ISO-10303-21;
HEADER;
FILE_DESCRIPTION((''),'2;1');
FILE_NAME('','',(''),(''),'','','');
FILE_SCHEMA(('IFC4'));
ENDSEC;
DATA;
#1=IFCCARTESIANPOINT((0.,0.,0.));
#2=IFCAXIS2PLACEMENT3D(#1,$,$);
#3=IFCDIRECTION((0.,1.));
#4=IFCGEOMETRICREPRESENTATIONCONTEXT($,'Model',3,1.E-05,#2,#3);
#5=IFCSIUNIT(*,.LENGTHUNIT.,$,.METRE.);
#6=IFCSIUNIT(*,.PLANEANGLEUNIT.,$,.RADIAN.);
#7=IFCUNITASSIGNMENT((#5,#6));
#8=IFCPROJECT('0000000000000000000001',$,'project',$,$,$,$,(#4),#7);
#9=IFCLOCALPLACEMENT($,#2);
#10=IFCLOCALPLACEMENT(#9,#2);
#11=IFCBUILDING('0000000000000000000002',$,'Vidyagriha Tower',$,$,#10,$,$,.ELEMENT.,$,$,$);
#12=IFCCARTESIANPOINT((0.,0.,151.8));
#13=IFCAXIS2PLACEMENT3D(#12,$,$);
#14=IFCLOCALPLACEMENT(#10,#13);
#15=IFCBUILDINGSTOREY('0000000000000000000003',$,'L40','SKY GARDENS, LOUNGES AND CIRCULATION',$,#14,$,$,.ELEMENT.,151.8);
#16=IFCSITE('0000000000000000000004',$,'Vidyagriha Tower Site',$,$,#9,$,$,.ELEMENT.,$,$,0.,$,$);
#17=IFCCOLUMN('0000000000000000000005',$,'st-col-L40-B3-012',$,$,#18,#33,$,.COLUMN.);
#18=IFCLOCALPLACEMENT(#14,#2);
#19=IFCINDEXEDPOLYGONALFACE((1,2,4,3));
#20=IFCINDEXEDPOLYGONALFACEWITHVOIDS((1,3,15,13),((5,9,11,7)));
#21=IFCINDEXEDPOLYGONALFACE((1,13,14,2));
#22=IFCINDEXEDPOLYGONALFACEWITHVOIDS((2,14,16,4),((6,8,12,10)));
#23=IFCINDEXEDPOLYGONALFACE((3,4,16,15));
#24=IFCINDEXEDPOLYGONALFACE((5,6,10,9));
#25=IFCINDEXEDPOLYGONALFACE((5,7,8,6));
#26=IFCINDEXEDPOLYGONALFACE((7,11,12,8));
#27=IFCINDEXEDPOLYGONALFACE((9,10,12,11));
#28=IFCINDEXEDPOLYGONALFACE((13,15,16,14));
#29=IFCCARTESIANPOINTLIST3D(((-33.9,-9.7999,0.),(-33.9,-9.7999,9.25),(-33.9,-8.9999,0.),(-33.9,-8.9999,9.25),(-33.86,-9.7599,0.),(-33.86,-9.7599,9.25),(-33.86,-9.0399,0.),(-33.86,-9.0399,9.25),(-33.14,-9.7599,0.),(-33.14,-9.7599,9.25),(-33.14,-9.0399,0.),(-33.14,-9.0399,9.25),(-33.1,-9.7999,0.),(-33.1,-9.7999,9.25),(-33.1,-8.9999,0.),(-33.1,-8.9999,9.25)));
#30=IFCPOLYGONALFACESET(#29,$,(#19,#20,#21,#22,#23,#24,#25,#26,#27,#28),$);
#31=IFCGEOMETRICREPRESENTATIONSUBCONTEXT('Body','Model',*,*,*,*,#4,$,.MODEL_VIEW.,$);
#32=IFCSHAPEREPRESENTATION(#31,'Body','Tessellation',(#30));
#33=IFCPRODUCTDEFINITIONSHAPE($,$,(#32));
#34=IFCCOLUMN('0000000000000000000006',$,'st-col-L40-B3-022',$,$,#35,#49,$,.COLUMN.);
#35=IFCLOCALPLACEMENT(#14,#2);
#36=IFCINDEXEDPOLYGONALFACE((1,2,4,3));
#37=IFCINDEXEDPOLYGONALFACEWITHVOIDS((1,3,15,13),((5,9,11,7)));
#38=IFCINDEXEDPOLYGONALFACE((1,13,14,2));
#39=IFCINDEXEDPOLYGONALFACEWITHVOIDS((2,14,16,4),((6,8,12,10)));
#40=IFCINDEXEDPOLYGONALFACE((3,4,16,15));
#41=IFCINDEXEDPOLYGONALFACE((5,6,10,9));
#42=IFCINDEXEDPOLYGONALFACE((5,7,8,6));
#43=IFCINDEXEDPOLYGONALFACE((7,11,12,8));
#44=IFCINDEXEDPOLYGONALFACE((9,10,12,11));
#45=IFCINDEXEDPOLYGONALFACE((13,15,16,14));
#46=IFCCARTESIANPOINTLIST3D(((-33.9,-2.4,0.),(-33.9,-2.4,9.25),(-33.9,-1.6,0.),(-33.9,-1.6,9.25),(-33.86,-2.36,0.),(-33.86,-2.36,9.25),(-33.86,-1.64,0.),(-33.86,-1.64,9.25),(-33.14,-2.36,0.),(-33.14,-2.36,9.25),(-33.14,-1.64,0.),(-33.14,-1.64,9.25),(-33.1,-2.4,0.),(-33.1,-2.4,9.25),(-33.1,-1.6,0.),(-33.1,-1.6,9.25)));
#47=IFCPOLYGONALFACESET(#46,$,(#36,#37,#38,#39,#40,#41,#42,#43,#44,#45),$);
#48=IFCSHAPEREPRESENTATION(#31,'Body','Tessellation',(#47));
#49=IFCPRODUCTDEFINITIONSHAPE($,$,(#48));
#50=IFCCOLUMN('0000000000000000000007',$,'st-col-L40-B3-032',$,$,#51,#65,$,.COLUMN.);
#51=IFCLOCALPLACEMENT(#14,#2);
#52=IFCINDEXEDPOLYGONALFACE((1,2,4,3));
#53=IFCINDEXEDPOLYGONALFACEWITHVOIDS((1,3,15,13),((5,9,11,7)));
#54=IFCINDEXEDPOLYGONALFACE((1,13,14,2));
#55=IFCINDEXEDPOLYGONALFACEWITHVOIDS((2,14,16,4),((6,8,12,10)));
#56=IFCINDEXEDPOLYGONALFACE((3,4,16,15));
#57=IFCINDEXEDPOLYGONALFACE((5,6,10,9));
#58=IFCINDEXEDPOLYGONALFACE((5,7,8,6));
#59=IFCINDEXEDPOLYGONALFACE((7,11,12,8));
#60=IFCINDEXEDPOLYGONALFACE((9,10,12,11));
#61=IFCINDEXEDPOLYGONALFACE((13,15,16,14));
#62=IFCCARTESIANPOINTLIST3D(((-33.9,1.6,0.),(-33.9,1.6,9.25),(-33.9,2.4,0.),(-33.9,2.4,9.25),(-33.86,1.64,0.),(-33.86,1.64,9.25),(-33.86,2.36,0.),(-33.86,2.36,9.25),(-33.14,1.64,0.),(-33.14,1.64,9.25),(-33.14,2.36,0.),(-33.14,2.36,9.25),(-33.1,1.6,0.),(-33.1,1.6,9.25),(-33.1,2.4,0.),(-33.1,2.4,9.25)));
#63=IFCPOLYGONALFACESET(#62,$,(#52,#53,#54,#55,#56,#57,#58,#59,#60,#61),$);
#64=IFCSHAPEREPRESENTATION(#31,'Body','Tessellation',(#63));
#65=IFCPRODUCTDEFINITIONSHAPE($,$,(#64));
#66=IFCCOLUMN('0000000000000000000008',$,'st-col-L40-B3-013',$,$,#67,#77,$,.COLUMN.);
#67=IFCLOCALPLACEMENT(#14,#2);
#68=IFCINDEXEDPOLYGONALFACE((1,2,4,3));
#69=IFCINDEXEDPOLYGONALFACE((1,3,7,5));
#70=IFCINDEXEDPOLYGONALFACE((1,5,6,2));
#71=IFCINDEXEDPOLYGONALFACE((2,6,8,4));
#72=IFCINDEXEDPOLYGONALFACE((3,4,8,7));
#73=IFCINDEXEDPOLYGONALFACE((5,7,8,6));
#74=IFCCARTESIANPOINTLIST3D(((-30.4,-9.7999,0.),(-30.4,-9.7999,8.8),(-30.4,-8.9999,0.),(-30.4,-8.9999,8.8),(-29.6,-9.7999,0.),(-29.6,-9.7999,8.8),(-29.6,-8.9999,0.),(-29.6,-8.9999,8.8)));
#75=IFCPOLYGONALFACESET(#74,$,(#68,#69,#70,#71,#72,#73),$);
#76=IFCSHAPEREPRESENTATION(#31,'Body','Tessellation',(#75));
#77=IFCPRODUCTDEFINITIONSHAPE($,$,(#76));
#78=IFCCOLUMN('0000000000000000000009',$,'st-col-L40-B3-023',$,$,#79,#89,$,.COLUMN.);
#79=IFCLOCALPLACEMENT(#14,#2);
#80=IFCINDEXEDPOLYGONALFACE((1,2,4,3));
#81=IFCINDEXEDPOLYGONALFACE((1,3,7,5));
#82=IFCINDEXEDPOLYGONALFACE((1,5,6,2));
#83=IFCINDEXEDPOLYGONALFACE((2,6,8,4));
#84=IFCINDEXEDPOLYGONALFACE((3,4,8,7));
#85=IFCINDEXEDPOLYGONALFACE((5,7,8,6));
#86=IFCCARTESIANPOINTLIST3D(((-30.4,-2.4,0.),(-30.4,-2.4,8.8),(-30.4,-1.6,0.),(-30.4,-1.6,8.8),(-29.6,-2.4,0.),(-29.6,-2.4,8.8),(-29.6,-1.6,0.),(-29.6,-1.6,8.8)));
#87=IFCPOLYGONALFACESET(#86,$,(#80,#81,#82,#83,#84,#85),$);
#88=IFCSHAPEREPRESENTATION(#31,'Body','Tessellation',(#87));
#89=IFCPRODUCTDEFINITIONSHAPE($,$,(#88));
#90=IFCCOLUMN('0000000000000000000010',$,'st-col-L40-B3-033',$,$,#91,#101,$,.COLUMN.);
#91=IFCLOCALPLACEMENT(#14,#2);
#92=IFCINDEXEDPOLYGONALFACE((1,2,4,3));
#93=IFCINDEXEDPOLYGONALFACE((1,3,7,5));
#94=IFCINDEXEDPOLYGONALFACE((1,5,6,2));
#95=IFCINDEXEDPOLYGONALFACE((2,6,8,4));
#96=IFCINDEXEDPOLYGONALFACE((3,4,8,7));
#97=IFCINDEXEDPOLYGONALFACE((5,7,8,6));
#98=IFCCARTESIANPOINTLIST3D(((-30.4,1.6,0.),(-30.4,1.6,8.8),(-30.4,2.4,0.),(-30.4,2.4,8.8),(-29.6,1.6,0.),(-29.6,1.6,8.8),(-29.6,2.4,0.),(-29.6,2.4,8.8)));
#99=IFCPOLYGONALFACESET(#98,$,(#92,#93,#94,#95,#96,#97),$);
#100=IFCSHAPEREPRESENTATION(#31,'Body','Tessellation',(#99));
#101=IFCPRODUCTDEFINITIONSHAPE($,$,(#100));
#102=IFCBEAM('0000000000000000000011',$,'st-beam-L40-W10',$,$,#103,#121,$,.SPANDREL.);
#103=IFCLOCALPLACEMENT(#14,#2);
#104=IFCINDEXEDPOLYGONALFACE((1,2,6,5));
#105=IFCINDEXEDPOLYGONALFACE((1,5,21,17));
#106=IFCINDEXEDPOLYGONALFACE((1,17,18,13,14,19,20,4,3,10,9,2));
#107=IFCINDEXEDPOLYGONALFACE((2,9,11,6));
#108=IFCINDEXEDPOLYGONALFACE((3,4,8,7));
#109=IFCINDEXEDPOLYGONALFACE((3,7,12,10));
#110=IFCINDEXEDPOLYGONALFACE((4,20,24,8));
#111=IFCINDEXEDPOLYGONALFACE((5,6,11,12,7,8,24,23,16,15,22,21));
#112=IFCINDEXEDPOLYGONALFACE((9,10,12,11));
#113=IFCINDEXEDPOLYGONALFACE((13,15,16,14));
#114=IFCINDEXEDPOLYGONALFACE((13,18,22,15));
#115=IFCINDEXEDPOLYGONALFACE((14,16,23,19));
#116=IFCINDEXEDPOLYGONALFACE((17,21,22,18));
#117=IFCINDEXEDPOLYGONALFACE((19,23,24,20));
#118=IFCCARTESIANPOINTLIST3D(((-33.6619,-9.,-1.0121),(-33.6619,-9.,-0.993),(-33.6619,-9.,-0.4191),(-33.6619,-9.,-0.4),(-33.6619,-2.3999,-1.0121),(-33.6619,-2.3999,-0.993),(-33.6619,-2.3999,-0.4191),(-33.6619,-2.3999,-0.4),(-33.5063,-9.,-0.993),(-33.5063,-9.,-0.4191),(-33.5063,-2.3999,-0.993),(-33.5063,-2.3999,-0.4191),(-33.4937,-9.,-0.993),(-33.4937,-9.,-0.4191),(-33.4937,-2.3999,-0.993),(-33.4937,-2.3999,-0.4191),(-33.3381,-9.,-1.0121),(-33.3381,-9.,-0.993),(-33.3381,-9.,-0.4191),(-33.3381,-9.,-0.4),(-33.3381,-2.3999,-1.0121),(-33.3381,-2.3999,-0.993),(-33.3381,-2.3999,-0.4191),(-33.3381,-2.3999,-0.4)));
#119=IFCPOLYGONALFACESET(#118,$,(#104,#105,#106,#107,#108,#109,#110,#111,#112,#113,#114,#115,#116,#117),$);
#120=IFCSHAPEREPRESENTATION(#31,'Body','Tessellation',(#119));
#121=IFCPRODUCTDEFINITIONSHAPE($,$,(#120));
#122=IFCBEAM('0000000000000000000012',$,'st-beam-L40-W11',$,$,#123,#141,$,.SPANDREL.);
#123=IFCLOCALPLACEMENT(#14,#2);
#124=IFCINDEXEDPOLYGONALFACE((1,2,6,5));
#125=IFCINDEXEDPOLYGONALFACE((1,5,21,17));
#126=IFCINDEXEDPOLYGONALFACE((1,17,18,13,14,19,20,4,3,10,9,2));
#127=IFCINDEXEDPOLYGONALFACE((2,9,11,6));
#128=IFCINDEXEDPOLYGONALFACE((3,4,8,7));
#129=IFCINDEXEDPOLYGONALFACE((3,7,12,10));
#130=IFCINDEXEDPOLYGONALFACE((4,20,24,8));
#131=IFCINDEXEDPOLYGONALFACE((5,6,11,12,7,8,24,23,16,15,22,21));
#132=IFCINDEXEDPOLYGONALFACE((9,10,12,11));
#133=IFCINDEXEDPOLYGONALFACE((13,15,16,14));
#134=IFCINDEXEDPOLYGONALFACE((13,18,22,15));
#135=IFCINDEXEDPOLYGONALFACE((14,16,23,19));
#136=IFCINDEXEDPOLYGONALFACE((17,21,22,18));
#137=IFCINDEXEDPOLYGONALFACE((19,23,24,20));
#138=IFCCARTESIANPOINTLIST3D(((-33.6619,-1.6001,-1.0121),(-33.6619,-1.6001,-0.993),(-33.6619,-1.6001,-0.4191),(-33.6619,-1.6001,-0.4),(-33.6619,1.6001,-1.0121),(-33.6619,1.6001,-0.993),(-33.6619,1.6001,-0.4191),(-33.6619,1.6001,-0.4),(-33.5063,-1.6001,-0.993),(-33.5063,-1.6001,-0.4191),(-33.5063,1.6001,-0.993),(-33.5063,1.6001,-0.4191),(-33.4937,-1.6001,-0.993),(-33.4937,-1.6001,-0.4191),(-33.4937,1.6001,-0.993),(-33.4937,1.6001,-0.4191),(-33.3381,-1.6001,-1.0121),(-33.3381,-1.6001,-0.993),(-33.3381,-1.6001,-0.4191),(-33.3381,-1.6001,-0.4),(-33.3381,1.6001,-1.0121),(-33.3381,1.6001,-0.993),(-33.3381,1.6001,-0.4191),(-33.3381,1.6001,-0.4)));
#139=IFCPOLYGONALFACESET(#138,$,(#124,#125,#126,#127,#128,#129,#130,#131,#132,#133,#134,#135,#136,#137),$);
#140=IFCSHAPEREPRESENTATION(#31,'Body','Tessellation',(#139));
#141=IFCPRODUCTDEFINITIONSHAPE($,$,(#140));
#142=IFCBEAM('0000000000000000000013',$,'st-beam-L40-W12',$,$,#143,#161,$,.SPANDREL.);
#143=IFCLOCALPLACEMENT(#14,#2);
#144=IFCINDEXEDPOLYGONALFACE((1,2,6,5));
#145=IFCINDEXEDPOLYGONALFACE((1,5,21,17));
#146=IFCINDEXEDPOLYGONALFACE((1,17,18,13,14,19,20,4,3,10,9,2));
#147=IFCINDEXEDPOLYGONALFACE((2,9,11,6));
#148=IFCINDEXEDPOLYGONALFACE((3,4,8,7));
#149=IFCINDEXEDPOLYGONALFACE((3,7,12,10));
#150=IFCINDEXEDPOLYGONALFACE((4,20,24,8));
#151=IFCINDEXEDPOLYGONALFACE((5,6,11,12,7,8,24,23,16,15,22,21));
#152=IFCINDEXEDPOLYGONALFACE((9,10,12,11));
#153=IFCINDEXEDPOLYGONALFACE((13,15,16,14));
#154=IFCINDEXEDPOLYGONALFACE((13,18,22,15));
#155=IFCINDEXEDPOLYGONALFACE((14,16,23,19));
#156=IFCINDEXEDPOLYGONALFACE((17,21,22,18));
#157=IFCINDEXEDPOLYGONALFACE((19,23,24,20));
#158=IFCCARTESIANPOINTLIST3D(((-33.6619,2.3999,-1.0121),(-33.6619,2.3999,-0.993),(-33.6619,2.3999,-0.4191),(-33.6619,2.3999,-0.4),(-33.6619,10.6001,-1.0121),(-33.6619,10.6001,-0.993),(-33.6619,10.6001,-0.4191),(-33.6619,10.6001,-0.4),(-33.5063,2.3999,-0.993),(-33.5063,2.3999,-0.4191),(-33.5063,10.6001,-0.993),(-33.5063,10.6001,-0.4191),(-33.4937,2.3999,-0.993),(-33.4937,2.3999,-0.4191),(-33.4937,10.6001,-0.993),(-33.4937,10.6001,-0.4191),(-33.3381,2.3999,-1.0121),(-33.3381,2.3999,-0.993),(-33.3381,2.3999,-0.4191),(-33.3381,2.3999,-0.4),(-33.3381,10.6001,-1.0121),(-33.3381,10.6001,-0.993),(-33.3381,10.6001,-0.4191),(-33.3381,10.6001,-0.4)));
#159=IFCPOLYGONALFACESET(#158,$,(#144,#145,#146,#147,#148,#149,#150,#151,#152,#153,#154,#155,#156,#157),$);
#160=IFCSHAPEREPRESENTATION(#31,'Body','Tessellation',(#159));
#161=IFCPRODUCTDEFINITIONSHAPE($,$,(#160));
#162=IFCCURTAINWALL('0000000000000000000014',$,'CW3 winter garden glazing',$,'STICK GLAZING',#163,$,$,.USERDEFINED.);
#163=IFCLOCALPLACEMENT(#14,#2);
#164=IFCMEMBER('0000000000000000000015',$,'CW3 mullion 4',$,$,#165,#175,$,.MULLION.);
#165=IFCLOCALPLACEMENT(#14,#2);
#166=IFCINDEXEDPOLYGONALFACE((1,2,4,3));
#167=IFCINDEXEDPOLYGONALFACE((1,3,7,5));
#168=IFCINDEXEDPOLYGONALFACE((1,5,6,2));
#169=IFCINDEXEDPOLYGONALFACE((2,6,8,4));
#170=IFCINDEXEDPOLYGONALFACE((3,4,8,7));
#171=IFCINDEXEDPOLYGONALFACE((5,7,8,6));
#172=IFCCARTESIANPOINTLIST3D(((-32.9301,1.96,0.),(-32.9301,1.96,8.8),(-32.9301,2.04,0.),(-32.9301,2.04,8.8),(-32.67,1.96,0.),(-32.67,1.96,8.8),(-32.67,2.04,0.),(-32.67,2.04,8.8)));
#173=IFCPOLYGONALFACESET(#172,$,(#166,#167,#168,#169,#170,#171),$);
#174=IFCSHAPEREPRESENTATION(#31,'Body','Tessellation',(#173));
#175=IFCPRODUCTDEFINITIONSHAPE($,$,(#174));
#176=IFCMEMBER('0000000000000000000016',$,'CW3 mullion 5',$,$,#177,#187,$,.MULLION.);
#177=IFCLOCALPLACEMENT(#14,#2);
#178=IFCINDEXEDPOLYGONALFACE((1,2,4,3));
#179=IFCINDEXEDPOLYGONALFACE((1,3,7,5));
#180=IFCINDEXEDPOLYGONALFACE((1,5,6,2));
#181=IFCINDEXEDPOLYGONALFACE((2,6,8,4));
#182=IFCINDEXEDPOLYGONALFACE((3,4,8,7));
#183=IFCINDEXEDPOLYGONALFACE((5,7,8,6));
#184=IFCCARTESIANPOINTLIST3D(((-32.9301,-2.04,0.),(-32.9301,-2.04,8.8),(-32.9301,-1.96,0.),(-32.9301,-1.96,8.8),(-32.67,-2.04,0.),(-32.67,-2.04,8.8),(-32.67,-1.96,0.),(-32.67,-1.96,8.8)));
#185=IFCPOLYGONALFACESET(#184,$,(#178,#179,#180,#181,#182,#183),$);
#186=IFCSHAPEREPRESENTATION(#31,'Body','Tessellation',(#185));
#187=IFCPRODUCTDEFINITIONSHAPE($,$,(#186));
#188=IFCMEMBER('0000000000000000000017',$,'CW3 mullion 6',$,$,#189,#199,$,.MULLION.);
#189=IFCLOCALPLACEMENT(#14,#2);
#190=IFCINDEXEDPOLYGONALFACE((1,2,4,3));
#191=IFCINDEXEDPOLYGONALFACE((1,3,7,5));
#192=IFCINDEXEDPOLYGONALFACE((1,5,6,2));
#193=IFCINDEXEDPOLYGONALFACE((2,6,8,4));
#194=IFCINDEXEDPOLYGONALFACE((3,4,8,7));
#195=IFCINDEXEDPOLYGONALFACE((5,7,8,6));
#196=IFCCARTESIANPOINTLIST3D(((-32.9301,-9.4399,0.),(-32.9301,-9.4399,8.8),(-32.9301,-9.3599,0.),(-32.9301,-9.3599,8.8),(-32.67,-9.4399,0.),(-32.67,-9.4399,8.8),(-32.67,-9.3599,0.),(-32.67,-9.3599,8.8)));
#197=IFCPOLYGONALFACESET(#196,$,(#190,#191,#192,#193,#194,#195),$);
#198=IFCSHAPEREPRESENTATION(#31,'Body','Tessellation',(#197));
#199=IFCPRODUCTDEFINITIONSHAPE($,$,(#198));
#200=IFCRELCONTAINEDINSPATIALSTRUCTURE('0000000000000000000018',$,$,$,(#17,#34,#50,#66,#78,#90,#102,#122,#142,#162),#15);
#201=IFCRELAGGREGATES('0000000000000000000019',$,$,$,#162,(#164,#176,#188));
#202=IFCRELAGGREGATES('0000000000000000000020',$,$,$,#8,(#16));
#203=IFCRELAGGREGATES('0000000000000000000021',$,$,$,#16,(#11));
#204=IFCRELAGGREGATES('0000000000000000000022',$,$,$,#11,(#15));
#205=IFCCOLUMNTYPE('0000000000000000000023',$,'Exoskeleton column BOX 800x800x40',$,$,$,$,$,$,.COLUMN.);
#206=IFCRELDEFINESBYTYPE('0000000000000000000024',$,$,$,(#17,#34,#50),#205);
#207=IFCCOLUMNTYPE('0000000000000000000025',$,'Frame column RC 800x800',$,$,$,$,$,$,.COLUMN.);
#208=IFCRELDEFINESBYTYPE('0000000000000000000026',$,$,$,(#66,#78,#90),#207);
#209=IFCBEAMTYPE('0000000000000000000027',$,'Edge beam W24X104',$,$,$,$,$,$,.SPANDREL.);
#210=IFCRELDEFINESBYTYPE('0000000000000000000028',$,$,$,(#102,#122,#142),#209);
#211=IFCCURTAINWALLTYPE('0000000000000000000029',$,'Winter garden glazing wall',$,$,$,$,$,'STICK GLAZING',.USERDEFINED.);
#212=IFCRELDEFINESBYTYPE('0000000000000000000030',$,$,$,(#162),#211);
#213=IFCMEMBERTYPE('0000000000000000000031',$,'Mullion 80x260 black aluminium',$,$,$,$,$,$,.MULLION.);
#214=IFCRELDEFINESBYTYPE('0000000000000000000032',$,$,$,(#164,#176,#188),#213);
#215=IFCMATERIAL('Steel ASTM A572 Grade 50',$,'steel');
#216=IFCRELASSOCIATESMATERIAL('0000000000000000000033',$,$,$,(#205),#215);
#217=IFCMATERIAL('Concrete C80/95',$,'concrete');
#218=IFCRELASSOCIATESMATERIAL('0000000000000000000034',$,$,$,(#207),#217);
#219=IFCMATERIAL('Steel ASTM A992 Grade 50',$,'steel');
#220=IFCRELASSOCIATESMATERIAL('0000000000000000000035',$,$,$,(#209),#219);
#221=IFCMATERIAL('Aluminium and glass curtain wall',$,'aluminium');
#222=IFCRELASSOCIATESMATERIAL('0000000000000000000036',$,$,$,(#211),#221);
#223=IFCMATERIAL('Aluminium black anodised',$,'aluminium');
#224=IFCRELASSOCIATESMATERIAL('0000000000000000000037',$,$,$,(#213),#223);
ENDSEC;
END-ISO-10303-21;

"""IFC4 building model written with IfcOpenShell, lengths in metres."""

from ifc_helpers import new_model, si_unit, direction, frame, origin, origin_2d, place, context, subcontext, project, spatial, rectangle, hollow_rectangle, i_section, extrude, material, material_profile, profile_set, type_object, element, aggregate, save


model = new_model("IFC4")

# Units and contexts
model_context = context("Model", 3, precision=1e-05, world=origin(), true_north=direction((0.0, 1.0)))
body_context = subcontext(model_context, "Body", "Model", "MODEL_VIEW")
ifc_project = project(units=[si_unit("LENGTHUNIT", "METRE"), si_unit("PLANEANGLEUNIT", "RADIAN")], contexts=[model_context])

# Site, building, storey
site_placement = place(None, origin())
site = spatial("IfcSite", under=ifc_project, at=site_placement, Name="Vidyagriha Tower Site", CompositionType="ELEMENT", RefElevation=0.0)
building_placement = place(site_placement, origin())
building = spatial("IfcBuilding", under=site, at=building_placement, Name="Vidyagriha Tower", CompositionType="ELEMENT")
storey_placement = place(building_placement, frame((0.0, 0.0, 151.8)))
storey = spatial("IfcBuildingStorey", under=building, at=storey_placement, Name="L40", Description="SKY GARDENS, LOUNGES AND CIRCULATION", CompositionType="ELEMENT", Elevation=151.8)

# Columns
ifc_material_1 = material(Name="Steel ASTM A572 Grade 50", Category="steel")
ifc_material_profile_1 = material_profile(ifc_material_1, hollow_rectangle(XDim=0.8, YDim=0.8, WallThickness=0.04, at=origin_2d()), Name="BOX 800x800x40")
ifc_profile_set_1 = profile_set([ifc_material_profile_1], Name="Steel ASTM A572 Grade 50")
column_type_1 = type_object("IfcColumnType", Name="Exoskeleton column BOX 800x800x40", PredefinedType="COLUMN", material=ifc_profile_set_1)
for number, where, name in (
    (1, (-33.5, -9.3999, 0.0), "st-col-L40-B3-012"),
    (2, (-33.5, -2.0, 0.0), "st-col-L40-B3-022"),
    (3, (-33.5, 2.0, 0.0), "st-col-L40-B3-032"),
):
    element("IfcColumn", number, at=place(storey_placement, frame(where)), inside=storey, type_object=column_type_1, Name=name, PredefinedType="COLUMN", context=body_context, shape_type="SweptSolid", body=[
        extrude(hollow_rectangle(XDim=0.8, YDim=0.8, WallThickness=0.04, at=origin_2d()), origin(), (0.0, 0.0, 1.0), 9.25),
    ])
ifc_material_2 = material(Name="Concrete C80/95", Category="concrete")
ifc_material_profile_2 = material_profile(ifc_material_2, rectangle(XDim=0.8, YDim=0.8, at=origin_2d()), Name="RC 800x800")
ifc_profile_set_2 = profile_set([ifc_material_profile_2], Name="Concrete C80/95")
column_type_2 = type_object("IfcColumnType", Name="Frame column RC 800x800", PredefinedType="COLUMN", material=ifc_profile_set_2)
for number, where, name in (
    (4, (-30.0, -9.3999, 0.0), "st-col-L40-B3-013"),
    (5, (-30.0, -2.0, 0.0), "st-col-L40-B3-023"),
    (6, (-30.0, 2.0, 0.0), "st-col-L40-B3-033"),
):
    element("IfcColumn", number, at=place(storey_placement, frame(where)), inside=storey, type_object=column_type_2, Name=name, PredefinedType="COLUMN", context=body_context, shape_type="SweptSolid", body=[
        extrude(rectangle(XDim=0.8, YDim=0.8, at=origin_2d()), origin(), (0.0, 0.0, 1.0), 8.8),
    ])

# Beams
ifc_material_3 = material(Name="Steel ASTM A992 Grade 50", Category="steel")
ifc_material_profile_3 = material_profile(ifc_material_3, i_section(OverallWidth=0.3237, OverallDepth=0.6121, WebThickness=0.0127, FlangeThickness=0.019, at=origin_2d()), Name="W24X104")
ifc_profile_set_3 = profile_set([ifc_material_profile_3], Name="Steel ASTM A992 Grade 50")
beam_type = type_object("IfcBeamType", Name="Edge beam W24X104", PredefinedType="SPANDREL", material=ifc_profile_set_3)
beam_1_placement = place(storey_placement, frame((-33.5, -9.0, -0.7061), z_axis=(0.0, 1.0, 0.0), x_axis=(-1.0, 0.0, 0.0)))
element("IfcBeam", 7, at=beam_1_placement, inside=storey, type_object=beam_type, Name="st-beam-L40-W10", PredefinedType="SPANDREL", context=body_context, shape_type="SweptSolid", body=[
    extrude(i_section(OverallWidth=0.3237, OverallDepth=0.6121, WebThickness=0.0127, FlangeThickness=0.019, at=origin_2d()), origin(), (0.0, 0.0, 1.0), 6.6001),
])
beam_2_placement = place(storey_placement, frame((-33.5, -1.6001, -0.7061), z_axis=(0.0, 1.0, 0.0), x_axis=(-1.0, 0.0, 0.0)))
element("IfcBeam", 8, at=beam_2_placement, inside=storey, type_object=beam_type, Name="st-beam-L40-W11", PredefinedType="SPANDREL", context=body_context, shape_type="SweptSolid", body=[
    extrude(i_section(OverallWidth=0.3237, OverallDepth=0.6121, WebThickness=0.0127, FlangeThickness=0.019, at=origin_2d()), origin(), (0.0, 0.0, 1.0), 3.2002),
])
beam_3_placement = place(storey_placement, frame((-33.5, 2.3999, -0.7061), z_axis=(0.0, 1.0, 0.0), x_axis=(-1.0, 0.0, 0.0)))
element("IfcBeam", 9, at=beam_3_placement, inside=storey, type_object=beam_type, Name="st-beam-L40-W12", PredefinedType="SPANDREL", context=body_context, shape_type="SweptSolid", body=[
    extrude(i_section(OverallWidth=0.3237, OverallDepth=0.6121, WebThickness=0.0127, FlangeThickness=0.019, at=origin_2d()), origin(), (0.0, 0.0, 1.0), 8.2002),
])

# Curtain wall, members
ifc_material_4 = material(Name="Aluminium and glass curtain wall", Category="aluminium")
curtain_wall_type = type_object("IfcCurtainWallType", Name="Winter garden glazing wall", ElementType="STICK GLAZING", PredefinedType="USERDEFINED", material=ifc_material_4)
curtain_wall_1_placement = place(storey_placement, origin())
curtain_wall_1 = element("IfcCurtainWall", 10, at=curtain_wall_1_placement, inside=storey, type_object=curtain_wall_type, Name="CW3 winter garden glazing", ObjectType="STICK GLAZING", PredefinedType="USERDEFINED")
ifc_material_5 = material(Name="Aluminium black anodised", Category="aluminium")
ifc_material_profile_4 = material_profile(ifc_material_5, rectangle(XDim=0.26, YDim=0.0801, at=origin_2d()), Name="Mullion 80x260 black aluminium")
ifc_profile_set_4 = profile_set([ifc_material_profile_4], Name="Aluminium black anodised")
member_type_1 = type_object("IfcMemberType", Name="Mullion 80x260 black aluminium", PredefinedType="MULLION", material=ifc_profile_set_4)
member_1_placement = place(storey_placement, frame((-32.8, 2.0, 0.0)))
member_1 = element("IfcMember", 11, at=member_1_placement, type_object=member_type_1, Name="CW3 mullion 4", PredefinedType="MULLION", context=body_context, shape_type="SweptSolid", body=[
    extrude(rectangle(XDim=0.26, YDim=0.0801, at=origin_2d()), origin(), (0.0, 0.0, 1.0), 8.8),
])
member_2_placement = place(storey_placement, frame((-32.8, -2.0, 0.0)))
member_2 = element("IfcMember", 12, at=member_2_placement, type_object=member_type_1, Name="CW3 mullion 5", PredefinedType="MULLION", context=body_context, shape_type="SweptSolid", body=[
    extrude(rectangle(XDim=0.26, YDim=0.0801, at=origin_2d()), origin(), (0.0, 0.0, 1.0), 8.8),
])
member_3_placement = place(storey_placement, frame((-32.8, -9.3999, 0.0)))
member_3 = element("IfcMember", 13, at=member_3_placement, type_object=member_type_1, Name="CW3 mullion 6", PredefinedType="MULLION", context=body_context, shape_type="SweptSolid", body=[
    extrude(rectangle(XDim=0.26, YDim=0.0801, at=origin_2d()), origin(), (0.0, 0.0, 1.0), 8.8),
])

aggregate(curtain_wall_1, [member_1, member_2, member_3])

save(model, "model.ifc")
